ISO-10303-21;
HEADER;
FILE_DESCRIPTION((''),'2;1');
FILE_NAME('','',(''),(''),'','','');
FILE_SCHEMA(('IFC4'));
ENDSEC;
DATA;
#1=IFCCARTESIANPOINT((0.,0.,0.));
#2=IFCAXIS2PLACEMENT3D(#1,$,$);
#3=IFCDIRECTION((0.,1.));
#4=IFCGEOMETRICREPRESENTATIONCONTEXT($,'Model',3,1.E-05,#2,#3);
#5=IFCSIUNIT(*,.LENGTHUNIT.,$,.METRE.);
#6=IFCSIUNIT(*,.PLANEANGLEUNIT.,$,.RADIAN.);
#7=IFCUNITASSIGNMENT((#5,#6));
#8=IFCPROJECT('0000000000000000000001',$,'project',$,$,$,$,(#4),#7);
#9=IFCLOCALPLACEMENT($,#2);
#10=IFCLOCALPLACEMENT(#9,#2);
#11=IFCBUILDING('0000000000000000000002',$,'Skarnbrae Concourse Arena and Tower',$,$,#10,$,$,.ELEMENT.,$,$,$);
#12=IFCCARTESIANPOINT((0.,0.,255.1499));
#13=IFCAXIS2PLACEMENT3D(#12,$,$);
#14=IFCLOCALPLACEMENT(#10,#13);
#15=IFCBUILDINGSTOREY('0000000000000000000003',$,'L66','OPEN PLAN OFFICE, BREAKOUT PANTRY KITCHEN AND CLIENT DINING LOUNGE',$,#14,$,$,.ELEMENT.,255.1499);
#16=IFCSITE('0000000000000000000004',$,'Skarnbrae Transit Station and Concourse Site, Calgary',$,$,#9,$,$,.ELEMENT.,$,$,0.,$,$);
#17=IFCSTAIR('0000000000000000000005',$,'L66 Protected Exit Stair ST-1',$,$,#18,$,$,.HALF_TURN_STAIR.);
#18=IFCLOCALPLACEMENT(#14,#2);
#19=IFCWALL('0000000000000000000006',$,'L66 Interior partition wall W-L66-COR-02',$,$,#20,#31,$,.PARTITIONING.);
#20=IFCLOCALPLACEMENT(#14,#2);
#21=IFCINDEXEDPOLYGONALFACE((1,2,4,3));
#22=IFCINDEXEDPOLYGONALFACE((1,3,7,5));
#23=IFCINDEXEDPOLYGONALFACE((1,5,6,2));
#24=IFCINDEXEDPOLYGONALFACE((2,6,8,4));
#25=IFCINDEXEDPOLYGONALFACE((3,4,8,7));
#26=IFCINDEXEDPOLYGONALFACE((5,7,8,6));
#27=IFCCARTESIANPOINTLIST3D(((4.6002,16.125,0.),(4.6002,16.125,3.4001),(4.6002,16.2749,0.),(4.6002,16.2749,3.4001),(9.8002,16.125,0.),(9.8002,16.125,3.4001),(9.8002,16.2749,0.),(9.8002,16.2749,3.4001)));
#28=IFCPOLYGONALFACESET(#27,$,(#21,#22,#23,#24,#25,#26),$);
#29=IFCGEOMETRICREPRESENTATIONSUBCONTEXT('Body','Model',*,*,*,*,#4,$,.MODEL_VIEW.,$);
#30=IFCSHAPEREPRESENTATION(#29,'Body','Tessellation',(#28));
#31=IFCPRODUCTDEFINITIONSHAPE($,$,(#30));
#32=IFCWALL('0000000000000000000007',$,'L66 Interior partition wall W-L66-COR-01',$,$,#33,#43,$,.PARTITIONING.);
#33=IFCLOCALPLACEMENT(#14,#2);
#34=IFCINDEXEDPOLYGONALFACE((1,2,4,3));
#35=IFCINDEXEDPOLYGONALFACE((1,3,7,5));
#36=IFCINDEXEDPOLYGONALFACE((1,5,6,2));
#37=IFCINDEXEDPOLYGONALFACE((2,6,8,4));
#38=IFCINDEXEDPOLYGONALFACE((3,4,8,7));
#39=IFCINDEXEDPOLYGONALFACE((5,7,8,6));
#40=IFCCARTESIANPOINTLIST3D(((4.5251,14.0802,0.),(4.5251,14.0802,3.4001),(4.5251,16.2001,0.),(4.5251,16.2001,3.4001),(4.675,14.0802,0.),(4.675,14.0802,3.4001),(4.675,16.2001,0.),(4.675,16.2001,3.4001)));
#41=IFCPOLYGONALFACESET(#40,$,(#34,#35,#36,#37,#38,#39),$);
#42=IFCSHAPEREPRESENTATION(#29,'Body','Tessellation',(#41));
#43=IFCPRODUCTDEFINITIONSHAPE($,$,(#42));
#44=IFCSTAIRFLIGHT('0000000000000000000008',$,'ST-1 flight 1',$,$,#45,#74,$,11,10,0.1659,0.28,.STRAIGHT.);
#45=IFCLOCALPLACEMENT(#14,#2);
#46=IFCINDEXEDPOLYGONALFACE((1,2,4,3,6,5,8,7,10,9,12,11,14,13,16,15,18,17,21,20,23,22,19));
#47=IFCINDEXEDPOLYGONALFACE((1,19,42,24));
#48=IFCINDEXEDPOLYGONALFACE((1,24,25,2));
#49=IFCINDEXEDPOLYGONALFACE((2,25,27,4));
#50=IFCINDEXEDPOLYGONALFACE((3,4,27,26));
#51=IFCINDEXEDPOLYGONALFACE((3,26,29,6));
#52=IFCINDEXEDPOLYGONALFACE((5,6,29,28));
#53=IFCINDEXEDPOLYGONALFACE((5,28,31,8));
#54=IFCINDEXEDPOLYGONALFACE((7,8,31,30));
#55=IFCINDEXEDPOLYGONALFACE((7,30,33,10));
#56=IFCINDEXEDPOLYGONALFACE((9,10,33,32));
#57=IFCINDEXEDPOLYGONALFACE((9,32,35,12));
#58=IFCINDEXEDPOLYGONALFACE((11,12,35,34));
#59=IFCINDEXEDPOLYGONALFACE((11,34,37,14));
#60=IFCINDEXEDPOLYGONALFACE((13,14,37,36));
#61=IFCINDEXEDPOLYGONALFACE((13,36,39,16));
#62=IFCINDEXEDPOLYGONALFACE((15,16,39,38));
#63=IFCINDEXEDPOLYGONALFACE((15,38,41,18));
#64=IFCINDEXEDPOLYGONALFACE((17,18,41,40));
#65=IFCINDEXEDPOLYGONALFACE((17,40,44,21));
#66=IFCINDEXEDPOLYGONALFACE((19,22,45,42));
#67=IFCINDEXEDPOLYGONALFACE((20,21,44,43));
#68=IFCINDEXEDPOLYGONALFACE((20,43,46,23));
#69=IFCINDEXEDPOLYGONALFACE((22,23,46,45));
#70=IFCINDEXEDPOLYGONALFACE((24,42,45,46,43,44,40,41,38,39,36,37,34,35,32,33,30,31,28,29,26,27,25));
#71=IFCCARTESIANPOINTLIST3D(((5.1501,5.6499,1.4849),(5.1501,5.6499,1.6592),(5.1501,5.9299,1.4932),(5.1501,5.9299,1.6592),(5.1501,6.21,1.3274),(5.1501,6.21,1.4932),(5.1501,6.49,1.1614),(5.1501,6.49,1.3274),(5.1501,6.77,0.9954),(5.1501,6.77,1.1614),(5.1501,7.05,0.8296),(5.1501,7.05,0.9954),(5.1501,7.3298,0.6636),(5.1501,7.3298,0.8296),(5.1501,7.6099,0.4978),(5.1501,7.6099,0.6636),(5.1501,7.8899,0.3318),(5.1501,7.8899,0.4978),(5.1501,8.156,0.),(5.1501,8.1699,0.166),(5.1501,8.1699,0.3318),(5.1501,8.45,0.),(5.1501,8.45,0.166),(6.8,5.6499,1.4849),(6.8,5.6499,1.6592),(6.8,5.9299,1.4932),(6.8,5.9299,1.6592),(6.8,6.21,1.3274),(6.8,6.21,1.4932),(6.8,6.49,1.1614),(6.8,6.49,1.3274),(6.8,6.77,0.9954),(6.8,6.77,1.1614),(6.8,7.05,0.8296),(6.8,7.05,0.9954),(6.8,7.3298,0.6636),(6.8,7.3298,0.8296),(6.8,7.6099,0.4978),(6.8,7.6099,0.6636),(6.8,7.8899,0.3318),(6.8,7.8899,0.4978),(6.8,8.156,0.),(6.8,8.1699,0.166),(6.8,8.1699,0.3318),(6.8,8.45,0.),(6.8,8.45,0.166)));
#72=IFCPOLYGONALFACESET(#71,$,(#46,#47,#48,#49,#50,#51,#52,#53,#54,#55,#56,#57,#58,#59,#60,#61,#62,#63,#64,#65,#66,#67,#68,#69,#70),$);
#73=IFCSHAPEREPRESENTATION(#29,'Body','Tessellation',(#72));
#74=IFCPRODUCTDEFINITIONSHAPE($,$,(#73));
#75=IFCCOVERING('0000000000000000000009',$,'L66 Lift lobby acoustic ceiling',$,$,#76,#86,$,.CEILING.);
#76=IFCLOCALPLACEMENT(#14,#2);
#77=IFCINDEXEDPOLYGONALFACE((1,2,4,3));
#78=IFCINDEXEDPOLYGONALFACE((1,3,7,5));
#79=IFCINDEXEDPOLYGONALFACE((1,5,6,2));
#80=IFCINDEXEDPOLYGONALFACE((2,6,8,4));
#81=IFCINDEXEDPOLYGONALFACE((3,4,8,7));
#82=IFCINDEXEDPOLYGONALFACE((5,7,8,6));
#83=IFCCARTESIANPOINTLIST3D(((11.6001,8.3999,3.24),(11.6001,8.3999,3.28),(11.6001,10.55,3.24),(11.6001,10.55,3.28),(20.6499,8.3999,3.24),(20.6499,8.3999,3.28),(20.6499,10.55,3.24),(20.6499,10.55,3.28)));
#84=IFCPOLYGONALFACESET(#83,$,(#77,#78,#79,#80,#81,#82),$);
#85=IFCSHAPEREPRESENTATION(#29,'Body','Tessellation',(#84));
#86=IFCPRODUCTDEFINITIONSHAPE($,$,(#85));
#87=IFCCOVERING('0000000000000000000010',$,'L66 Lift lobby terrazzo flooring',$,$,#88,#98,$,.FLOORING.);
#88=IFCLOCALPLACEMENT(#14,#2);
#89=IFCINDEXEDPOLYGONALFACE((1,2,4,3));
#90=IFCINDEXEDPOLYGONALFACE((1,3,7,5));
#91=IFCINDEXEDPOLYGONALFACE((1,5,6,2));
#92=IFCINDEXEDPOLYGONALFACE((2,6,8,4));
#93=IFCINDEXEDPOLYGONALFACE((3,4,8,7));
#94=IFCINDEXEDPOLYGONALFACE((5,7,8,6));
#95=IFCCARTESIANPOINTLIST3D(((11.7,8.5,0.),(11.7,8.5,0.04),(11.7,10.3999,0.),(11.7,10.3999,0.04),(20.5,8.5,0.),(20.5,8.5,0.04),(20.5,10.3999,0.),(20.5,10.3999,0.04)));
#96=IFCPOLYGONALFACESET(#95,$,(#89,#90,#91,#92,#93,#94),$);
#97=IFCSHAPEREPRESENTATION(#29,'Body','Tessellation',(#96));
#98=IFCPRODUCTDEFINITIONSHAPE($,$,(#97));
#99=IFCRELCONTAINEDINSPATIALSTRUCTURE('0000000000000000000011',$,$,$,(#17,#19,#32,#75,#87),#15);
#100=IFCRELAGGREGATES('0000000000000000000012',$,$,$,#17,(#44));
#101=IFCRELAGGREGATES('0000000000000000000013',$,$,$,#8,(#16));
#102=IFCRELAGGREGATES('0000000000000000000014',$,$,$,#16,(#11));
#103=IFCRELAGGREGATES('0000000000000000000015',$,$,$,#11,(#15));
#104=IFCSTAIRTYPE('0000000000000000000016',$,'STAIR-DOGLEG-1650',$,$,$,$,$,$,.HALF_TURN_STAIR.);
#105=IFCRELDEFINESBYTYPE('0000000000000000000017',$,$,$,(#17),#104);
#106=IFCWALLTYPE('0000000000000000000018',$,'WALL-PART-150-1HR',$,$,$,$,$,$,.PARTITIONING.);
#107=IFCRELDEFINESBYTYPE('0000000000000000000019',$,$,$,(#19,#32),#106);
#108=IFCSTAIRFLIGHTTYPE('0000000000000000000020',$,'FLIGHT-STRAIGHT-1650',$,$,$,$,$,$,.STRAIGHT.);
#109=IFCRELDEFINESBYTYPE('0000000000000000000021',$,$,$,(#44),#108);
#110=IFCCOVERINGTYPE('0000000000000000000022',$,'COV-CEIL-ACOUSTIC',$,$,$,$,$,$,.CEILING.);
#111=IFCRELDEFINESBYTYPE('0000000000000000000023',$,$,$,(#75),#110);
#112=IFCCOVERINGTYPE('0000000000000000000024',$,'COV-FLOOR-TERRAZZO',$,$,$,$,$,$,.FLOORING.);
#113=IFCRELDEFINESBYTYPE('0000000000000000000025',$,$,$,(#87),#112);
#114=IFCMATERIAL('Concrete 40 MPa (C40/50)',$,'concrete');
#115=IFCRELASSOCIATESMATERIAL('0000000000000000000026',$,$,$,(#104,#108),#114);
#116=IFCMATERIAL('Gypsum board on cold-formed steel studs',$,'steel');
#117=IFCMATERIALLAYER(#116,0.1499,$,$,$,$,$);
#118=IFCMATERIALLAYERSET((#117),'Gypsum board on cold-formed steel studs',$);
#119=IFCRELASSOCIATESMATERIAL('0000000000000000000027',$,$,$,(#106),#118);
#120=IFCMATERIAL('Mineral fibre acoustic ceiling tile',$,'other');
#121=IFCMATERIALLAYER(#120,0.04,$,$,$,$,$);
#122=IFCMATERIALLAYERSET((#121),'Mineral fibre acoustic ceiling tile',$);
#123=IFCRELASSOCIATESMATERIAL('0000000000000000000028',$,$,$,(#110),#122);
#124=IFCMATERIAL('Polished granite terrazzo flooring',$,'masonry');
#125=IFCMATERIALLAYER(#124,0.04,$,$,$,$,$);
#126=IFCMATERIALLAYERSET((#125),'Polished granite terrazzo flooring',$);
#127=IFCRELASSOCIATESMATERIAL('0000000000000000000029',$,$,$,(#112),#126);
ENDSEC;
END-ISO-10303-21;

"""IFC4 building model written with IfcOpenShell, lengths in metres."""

from ifc_helpers import new_model, si_unit, direction, frame, frame_2d, origin, place, context, subcontext, project, spatial, polyline, rectangle, outline, extrude, source, transform, mapped, material, layer, layer_set, type_object, element, aggregate, save


model = new_model("IFC4")

# Units and contexts
model_context = context("Model", 3, precision=1e-05, world=origin(), true_north=direction((0.0, 1.0)))
body_context = subcontext(model_context, "Body", "Model", "MODEL_VIEW")
ifc_project = project(units=[si_unit("LENGTHUNIT", "METRE"), si_unit("PLANEANGLEUNIT", "RADIAN")], contexts=[model_context])

# Site, building, storey
site_placement = place(None, origin())
site = spatial("IfcSite", under=ifc_project, at=site_placement, Name="Skarnbrae Transit Station and Concourse Site, Calgary", CompositionType="ELEMENT", RefElevation=0.0)
building_placement = place(site_placement, origin())
building = spatial("IfcBuilding", under=site, at=building_placement, Name="Skarnbrae Concourse Arena and Tower", CompositionType="ELEMENT")
storey_placement = place(building_placement, frame((0.0, 0.0, 255.1499)))
storey = spatial("IfcBuildingStorey", under=building, at=storey_placement, Name="L66", Description="OPEN PLAN OFFICE, BREAKOUT PANTRY KITCHEN AND CLIENT DINING LOUNGE", CompositionType="ELEMENT", Elevation=255.1499)

# Stair
ifc_material_1 = material(Name="Concrete 40 MPa (C40/50)", Category="concrete")
stair_type = type_object("IfcStairType", Name="STAIR-DOGLEG-1650", PredefinedType="HALF_TURN_STAIR", material=ifc_material_1)
stair_1_placement = place(storey_placement, origin())
stair_1 = element("IfcStair", 1, at=stair_1_placement, inside=storey, type_object=stair_type, Name="L66 Protected Exit Stair ST-1", PredefinedType="HALF_TURN_STAIR")

# Walls
ifc_material_2 = material(Name="Gypsum board on cold-formed steel studs", Category="steel")
ifc_layer_1 = layer(ifc_material_2, 0.1499)
ifc_layer_set_1 = layer_set([ifc_layer_1], Name="Gypsum board on cold-formed steel studs")
wall_type_1 = type_object("IfcWallType", Name="WALL-PART-150-1HR", PredefinedType="PARTITIONING", material=ifc_layer_set_1)
shared_shape_1 = source(origin(), body_context, "Body", "SweptSolid", [
    extrude(rectangle(XDim=5.2, YDim=0.1499, at=frame_2d((2.6001, 0.0))), origin(), (0.0, 0.0, 1.0), 3.4001),
])
wall_1_placement = place(storey_placement, frame((4.6001, 16.2, 0.0), z_axis=(0.0, 0.0, 1.0), x_axis=(1.0, 0.0, 0.0)))
element("IfcWall", 2, at=wall_1_placement, inside=storey, type_object=wall_type_1, Name="L66 Interior partition wall W-L66-COR-02", PredefinedType="PARTITIONING", context=body_context, shape_type="MappedRepresentation", body=[
    mapped(shared_shape_1, transform((0.0, 0.0, 0.0))),
])
shared_shape_2 = source(origin(), body_context, "Body", "SweptSolid", [
    extrude(rectangle(XDim=2.1199, YDim=0.1499, at=frame_2d((1.0601, 0.0))), origin(), (0.0, 0.0, 1.0), 3.4001),
])
wall_2_placement = place(storey_placement, frame((4.6001, 14.0801, 0.0), z_axis=(0.0, 0.0, 1.0), x_axis=(0.0, 1.0, 0.0)))
element("IfcWall", 3, at=wall_2_placement, inside=storey, type_object=wall_type_1, Name="L66 Interior partition wall W-L66-COR-01", PredefinedType="PARTITIONING", context=body_context, shape_type="MappedRepresentation", body=[
    mapped(shared_shape_2, transform((0.0, 0.0, 0.0))),
])

# Stair flight
stair_flight_type = type_object("IfcStairFlightType", Name="FLIGHT-STRAIGHT-1650", PredefinedType="STRAIGHT", material=ifc_material_1)
shared_shape_3 = source(origin(), body_context, "Body", "SweptSolid", [
    extrude(outline(polyline([(0.0, 0.0), (0.0, 0.166), (0.28, 0.166), (0.28, 0.3318), (0.5601, 0.3318), (0.5601, 0.4978), (0.8401, 0.4978), (0.8401, 0.6636), (1.1201, 0.6636), (1.1201, 0.8296), (1.3999, 0.8296), (1.3999, 0.9954), (1.6799, 0.9954), (1.6799, 1.1614), (1.96, 1.1614), (1.96, 1.3274), (2.24, 1.3274), (2.24, 1.4932), (2.52, 1.4932), (2.52, 1.6592), (2.8, 1.6592), (2.8, 1.825), (2.8, 1.4849), (0.2939, 0.0), (0.0, 0.0)])), frame((0.0, 0.825, 0.0), z_axis=(0.0, -1.0, 0.0), x_axis=(1.0, 0.0, 0.0)), (0.0, 0.0, 1.0), 1.6499),
])
stair_flight_placement = place(storey_placement, frame((5.9751, 8.45, 0.0), z_axis=(0.0, 0.0, 1.0), x_axis=(0.0, -1.0, 0.0)))
stair_flight = element("IfcStairFlight", 4, at=stair_flight_placement, type_object=stair_flight_type, Name="ST-1 flight 1", NumberOfRisers=11, NumberOfTreads=10, PredefinedType="STRAIGHT", RiserHeight=0.1659, TreadLength=0.28, context=body_context, shape_type="MappedRepresentation", body=[
    mapped(shared_shape_3, transform((0.0, 0.0, 0.0))),
])
aggregate(stair_1, [stair_flight])

# Coverings
ifc_material_3 = material(Name="Mineral fibre acoustic ceiling tile", Category="other")
ifc_layer_2 = layer(ifc_material_3, 0.04)
ifc_layer_set_2 = layer_set([ifc_layer_2], Name="Mineral fibre acoustic ceiling tile")
covering_type_1 = type_object("IfcCoveringType", Name="COV-CEIL-ACOUSTIC", PredefinedType="CEILING", material=ifc_layer_set_2)
covering_1_placement = place(storey_placement, frame((0.0, 0.0, 3.24)))
element("IfcCovering", 5, at=covering_1_placement, inside=storey, type_object=covering_type_1, Name="L66 Lift lobby acoustic ceiling", PredefinedType="CEILING", context=body_context, shape_type="SweptSolid", body=[
    extrude(outline(polyline([(11.6001, 8.3999), (20.6499, 8.3999), (20.6499, 10.55), (11.6001, 10.55), (11.6001, 8.3999)])), origin(), (0.0, 0.0, 1.0), 0.04),
])
ifc_material_4 = material(Name="Polished granite terrazzo flooring", Category="masonry")
ifc_layer_3 = layer(ifc_material_4, 0.04)
ifc_layer_set_3 = layer_set([ifc_layer_3], Name="Polished granite terrazzo flooring")
covering_type_2 = type_object("IfcCoveringType", Name="COV-FLOOR-TERRAZZO", PredefinedType="FLOORING", material=ifc_layer_set_3)
covering_2_placement = place(storey_placement, origin())
element("IfcCovering", 6, at=covering_2_placement, inside=storey, type_object=covering_type_2, Name="L66 Lift lobby terrazzo flooring", PredefinedType="FLOORING", context=body_context, shape_type="SweptSolid", body=[
    extrude(outline(polyline([(11.7, 8.5), (20.5, 8.5), (20.5, 10.3999), (11.7, 10.3999), (11.7, 8.5)])), origin(), (0.0, 0.0, 1.0), 0.04),
])

save(model, "model.ifc")
